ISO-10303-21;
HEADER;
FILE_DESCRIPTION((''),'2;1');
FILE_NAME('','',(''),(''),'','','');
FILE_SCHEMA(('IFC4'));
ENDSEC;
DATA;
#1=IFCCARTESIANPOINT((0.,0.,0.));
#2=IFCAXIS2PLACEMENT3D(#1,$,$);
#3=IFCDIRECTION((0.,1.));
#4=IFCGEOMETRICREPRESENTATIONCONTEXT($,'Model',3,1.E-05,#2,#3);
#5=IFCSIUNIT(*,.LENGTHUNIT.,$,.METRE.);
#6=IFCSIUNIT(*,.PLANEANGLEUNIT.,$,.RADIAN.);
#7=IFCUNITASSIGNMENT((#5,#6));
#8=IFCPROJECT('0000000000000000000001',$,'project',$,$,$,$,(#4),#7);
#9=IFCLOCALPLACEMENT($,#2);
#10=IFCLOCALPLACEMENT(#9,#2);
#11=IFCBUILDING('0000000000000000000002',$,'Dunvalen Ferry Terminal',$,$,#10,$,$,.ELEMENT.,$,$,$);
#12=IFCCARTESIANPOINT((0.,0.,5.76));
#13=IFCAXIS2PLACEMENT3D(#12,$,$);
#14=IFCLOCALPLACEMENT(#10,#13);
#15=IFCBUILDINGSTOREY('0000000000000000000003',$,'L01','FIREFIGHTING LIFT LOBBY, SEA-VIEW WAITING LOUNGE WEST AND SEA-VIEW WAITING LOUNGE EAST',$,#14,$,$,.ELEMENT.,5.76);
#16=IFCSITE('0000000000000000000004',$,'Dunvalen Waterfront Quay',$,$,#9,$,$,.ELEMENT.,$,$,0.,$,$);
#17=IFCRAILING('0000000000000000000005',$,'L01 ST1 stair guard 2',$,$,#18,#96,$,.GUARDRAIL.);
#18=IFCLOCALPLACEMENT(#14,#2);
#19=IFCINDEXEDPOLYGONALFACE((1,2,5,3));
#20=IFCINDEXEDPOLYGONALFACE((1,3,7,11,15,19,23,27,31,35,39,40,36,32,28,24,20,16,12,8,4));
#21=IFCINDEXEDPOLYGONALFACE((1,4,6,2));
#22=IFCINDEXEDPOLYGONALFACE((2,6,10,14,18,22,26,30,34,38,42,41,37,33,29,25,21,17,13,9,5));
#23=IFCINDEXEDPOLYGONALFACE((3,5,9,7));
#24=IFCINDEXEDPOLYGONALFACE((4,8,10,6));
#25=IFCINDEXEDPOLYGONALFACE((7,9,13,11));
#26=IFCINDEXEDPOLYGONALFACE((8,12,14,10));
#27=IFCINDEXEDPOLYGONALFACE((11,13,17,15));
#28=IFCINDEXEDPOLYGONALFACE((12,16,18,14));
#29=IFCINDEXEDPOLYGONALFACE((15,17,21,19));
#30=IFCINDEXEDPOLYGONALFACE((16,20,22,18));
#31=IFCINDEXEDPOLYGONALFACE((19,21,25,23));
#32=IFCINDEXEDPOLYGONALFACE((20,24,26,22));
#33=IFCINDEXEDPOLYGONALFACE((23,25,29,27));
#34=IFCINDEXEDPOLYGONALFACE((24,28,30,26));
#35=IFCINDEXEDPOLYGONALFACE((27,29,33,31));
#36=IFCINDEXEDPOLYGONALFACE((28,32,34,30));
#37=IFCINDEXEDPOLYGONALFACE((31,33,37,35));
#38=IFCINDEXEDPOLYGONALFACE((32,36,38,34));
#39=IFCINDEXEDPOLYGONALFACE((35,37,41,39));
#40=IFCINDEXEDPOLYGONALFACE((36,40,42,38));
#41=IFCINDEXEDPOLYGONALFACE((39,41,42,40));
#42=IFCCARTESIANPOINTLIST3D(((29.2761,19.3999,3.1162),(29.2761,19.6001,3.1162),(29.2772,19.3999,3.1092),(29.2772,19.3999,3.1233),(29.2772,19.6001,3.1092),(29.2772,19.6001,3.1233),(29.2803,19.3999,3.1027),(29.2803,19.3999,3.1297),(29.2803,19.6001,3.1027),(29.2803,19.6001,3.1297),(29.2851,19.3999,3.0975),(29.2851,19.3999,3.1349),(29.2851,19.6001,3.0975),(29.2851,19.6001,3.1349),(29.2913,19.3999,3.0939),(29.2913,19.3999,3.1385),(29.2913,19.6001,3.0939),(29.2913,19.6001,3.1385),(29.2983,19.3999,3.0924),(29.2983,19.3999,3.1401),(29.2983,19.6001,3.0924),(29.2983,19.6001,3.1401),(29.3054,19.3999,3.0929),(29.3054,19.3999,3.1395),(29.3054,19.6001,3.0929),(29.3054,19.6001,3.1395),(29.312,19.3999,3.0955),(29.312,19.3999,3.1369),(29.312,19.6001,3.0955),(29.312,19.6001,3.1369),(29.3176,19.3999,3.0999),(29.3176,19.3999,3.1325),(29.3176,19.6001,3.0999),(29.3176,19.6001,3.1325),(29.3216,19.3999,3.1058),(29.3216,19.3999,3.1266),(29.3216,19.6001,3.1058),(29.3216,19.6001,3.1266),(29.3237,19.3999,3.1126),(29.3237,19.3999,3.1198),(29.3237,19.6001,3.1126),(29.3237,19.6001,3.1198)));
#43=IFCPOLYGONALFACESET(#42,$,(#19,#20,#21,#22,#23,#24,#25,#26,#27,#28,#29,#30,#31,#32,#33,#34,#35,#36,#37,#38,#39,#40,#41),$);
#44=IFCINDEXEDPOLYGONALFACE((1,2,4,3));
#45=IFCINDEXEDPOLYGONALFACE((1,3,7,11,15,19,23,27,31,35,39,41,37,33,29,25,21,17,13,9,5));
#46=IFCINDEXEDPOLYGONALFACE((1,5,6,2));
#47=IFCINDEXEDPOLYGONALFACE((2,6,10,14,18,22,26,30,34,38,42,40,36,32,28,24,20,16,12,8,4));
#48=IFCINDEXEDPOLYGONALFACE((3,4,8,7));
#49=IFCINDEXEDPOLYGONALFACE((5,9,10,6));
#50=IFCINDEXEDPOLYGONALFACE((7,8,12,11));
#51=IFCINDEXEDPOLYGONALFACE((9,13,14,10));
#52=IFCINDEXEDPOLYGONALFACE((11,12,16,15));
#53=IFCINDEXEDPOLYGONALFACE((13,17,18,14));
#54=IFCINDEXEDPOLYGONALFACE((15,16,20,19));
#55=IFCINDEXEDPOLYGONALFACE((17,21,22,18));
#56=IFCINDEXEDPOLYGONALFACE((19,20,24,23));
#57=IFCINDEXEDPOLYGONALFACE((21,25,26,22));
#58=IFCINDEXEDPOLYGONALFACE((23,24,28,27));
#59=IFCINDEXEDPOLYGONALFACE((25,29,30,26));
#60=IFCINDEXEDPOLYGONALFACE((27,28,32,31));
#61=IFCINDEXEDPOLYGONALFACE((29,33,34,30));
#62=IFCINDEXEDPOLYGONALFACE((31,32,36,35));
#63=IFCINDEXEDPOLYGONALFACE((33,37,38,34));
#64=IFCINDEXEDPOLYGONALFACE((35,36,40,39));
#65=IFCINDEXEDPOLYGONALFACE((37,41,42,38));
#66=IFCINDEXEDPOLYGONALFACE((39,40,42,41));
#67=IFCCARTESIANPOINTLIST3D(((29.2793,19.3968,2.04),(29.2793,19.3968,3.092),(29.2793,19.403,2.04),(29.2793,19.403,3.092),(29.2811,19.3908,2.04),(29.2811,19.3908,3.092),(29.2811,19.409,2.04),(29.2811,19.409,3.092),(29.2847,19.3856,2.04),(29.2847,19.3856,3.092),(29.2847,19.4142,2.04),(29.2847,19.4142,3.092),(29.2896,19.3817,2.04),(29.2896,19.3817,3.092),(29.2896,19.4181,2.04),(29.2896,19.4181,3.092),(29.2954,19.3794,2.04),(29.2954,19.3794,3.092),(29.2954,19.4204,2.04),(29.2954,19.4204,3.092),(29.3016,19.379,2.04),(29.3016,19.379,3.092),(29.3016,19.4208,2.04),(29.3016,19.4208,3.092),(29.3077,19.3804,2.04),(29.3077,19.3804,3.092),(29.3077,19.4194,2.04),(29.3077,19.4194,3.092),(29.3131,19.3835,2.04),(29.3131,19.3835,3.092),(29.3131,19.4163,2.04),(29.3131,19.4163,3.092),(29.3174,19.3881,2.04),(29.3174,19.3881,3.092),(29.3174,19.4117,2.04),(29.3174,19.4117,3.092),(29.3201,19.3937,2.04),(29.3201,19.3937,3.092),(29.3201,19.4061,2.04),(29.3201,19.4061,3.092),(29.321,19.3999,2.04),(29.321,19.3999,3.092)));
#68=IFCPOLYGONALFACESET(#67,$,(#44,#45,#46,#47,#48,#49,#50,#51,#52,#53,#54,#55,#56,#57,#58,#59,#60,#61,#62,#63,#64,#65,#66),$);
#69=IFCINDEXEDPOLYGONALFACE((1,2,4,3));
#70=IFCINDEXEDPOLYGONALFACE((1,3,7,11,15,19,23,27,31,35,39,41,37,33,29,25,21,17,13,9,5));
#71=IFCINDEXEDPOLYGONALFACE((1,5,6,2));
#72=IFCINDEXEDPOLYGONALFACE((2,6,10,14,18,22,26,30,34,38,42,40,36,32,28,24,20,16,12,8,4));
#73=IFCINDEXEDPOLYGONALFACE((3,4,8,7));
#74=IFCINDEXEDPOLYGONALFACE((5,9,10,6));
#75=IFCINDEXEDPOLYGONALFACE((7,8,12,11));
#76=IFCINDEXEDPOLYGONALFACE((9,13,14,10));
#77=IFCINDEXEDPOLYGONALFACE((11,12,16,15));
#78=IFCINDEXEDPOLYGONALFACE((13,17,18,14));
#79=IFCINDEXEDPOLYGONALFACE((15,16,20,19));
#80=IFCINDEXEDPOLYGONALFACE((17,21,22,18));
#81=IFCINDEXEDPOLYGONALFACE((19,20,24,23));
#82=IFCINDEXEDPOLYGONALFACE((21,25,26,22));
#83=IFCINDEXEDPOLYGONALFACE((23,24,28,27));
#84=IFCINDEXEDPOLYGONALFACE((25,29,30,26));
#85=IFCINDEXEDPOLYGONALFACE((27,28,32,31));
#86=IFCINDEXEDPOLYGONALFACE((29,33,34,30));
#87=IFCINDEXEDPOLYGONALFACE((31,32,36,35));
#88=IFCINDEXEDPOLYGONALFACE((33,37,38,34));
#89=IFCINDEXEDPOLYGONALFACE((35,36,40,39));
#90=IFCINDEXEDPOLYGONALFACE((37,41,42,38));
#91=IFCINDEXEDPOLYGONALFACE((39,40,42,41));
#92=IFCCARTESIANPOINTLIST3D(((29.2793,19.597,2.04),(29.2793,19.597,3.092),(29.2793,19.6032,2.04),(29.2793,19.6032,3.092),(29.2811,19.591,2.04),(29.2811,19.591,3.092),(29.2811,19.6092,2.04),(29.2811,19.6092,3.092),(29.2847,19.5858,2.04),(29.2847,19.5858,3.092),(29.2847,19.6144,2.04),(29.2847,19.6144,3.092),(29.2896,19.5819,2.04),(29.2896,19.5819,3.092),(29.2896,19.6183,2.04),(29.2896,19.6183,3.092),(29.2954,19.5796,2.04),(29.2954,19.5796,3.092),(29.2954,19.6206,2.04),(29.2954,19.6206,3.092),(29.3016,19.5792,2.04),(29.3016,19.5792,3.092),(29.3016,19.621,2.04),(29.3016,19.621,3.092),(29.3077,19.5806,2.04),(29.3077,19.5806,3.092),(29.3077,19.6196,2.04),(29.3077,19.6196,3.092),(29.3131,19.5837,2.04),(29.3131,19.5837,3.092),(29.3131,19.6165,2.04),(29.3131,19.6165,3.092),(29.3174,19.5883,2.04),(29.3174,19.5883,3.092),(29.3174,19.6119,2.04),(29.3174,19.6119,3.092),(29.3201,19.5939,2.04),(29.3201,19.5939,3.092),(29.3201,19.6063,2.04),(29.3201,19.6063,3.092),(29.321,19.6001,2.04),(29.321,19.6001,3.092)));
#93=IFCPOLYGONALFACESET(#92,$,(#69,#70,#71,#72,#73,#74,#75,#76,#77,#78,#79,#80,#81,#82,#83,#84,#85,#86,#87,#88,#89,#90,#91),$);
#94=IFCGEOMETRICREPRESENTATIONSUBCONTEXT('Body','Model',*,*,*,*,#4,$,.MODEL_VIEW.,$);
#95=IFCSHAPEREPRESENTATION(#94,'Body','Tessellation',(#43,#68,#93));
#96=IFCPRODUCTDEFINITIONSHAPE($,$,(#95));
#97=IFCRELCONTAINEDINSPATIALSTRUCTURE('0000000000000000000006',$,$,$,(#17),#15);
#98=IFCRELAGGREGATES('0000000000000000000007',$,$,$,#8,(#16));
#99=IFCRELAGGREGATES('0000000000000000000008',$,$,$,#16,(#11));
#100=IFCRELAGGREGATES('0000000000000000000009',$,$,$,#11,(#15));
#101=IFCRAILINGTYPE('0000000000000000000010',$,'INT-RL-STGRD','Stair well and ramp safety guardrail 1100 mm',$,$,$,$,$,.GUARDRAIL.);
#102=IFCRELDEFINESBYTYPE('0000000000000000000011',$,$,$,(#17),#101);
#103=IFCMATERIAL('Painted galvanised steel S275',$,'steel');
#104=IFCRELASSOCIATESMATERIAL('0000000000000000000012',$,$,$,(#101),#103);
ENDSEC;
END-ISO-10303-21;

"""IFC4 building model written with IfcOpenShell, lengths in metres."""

from ifc_helpers import new_model, si_unit, direction, frame, origin, origin_2d, place, context, subcontext, project, spatial, circle, extrude, material, type_object, element, save


model = new_model("IFC4")

# Units and contexts
model_context = context("Model", 3, precision=1e-05, world=origin(), true_north=direction((0.0, 1.0)))
body_context = subcontext(model_context, "Body", "Model", "MODEL_VIEW")
ifc_project = project(units=[si_unit("LENGTHUNIT", "METRE"), si_unit("PLANEANGLEUNIT", "RADIAN")], contexts=[model_context])

# Site, building, storey
site_placement = place(None, origin())
site = spatial("IfcSite", under=ifc_project, at=site_placement, Name="Dunvalen Waterfront Quay", CompositionType="ELEMENT", RefElevation=0.0)
building_placement = place(site_placement, origin())
building = spatial("IfcBuilding", under=site, at=building_placement, Name="Dunvalen Ferry Terminal", CompositionType="ELEMENT")
storey_placement = place(building_placement, frame((0.0, 0.0, 5.76)))
storey = spatial("IfcBuildingStorey", under=building, at=storey_placement, Name="L01", Description="FIREFIGHTING LIFT LOBBY, SEA-VIEW WAITING LOUNGE WEST AND SEA-VIEW WAITING LOUNGE EAST", CompositionType="ELEMENT", Elevation=5.76)

# Railing
ifc_material_1 = material(Name="Painted galvanised steel S275", Category="steel")
railing_type_1 = type_object("IfcRailingType", Name="INT-RL-STGRD", Description="Stair well and ramp safety guardrail 1100 mm", PredefinedType="GUARDRAIL", material=ifc_material_1)
railing_1_placement = place(storey_placement, frame((29.3, 19.3999, 2.04)))
element("IfcRailing", 1, at=railing_1_placement, inside=storey, type_object=railing_type_1, Name="L01 ST1 stair guard 2", PredefinedType="GUARDRAIL", context=body_context, shape_type="SweptSolid", body=[
    extrude(circle(Radius=0.0239, at=origin_2d()), frame((0.0, 0.0, 1.0762), z_axis=(0.0, 1.0, 0.0), x_axis=(-1.0, 0.0, 0.0)), (0.0, 0.0, 1.0), 0.2002),
    extrude(circle(Radius=0.021, at=origin_2d()), origin(), (0.0, 0.0, 1.0), 1.052),
    extrude(circle(Radius=0.021, at=origin_2d()), frame((0.0, 0.2002, 0.0)), (0.0, 0.0, 1.0), 1.052),
])

save(model, "model.ifc")
